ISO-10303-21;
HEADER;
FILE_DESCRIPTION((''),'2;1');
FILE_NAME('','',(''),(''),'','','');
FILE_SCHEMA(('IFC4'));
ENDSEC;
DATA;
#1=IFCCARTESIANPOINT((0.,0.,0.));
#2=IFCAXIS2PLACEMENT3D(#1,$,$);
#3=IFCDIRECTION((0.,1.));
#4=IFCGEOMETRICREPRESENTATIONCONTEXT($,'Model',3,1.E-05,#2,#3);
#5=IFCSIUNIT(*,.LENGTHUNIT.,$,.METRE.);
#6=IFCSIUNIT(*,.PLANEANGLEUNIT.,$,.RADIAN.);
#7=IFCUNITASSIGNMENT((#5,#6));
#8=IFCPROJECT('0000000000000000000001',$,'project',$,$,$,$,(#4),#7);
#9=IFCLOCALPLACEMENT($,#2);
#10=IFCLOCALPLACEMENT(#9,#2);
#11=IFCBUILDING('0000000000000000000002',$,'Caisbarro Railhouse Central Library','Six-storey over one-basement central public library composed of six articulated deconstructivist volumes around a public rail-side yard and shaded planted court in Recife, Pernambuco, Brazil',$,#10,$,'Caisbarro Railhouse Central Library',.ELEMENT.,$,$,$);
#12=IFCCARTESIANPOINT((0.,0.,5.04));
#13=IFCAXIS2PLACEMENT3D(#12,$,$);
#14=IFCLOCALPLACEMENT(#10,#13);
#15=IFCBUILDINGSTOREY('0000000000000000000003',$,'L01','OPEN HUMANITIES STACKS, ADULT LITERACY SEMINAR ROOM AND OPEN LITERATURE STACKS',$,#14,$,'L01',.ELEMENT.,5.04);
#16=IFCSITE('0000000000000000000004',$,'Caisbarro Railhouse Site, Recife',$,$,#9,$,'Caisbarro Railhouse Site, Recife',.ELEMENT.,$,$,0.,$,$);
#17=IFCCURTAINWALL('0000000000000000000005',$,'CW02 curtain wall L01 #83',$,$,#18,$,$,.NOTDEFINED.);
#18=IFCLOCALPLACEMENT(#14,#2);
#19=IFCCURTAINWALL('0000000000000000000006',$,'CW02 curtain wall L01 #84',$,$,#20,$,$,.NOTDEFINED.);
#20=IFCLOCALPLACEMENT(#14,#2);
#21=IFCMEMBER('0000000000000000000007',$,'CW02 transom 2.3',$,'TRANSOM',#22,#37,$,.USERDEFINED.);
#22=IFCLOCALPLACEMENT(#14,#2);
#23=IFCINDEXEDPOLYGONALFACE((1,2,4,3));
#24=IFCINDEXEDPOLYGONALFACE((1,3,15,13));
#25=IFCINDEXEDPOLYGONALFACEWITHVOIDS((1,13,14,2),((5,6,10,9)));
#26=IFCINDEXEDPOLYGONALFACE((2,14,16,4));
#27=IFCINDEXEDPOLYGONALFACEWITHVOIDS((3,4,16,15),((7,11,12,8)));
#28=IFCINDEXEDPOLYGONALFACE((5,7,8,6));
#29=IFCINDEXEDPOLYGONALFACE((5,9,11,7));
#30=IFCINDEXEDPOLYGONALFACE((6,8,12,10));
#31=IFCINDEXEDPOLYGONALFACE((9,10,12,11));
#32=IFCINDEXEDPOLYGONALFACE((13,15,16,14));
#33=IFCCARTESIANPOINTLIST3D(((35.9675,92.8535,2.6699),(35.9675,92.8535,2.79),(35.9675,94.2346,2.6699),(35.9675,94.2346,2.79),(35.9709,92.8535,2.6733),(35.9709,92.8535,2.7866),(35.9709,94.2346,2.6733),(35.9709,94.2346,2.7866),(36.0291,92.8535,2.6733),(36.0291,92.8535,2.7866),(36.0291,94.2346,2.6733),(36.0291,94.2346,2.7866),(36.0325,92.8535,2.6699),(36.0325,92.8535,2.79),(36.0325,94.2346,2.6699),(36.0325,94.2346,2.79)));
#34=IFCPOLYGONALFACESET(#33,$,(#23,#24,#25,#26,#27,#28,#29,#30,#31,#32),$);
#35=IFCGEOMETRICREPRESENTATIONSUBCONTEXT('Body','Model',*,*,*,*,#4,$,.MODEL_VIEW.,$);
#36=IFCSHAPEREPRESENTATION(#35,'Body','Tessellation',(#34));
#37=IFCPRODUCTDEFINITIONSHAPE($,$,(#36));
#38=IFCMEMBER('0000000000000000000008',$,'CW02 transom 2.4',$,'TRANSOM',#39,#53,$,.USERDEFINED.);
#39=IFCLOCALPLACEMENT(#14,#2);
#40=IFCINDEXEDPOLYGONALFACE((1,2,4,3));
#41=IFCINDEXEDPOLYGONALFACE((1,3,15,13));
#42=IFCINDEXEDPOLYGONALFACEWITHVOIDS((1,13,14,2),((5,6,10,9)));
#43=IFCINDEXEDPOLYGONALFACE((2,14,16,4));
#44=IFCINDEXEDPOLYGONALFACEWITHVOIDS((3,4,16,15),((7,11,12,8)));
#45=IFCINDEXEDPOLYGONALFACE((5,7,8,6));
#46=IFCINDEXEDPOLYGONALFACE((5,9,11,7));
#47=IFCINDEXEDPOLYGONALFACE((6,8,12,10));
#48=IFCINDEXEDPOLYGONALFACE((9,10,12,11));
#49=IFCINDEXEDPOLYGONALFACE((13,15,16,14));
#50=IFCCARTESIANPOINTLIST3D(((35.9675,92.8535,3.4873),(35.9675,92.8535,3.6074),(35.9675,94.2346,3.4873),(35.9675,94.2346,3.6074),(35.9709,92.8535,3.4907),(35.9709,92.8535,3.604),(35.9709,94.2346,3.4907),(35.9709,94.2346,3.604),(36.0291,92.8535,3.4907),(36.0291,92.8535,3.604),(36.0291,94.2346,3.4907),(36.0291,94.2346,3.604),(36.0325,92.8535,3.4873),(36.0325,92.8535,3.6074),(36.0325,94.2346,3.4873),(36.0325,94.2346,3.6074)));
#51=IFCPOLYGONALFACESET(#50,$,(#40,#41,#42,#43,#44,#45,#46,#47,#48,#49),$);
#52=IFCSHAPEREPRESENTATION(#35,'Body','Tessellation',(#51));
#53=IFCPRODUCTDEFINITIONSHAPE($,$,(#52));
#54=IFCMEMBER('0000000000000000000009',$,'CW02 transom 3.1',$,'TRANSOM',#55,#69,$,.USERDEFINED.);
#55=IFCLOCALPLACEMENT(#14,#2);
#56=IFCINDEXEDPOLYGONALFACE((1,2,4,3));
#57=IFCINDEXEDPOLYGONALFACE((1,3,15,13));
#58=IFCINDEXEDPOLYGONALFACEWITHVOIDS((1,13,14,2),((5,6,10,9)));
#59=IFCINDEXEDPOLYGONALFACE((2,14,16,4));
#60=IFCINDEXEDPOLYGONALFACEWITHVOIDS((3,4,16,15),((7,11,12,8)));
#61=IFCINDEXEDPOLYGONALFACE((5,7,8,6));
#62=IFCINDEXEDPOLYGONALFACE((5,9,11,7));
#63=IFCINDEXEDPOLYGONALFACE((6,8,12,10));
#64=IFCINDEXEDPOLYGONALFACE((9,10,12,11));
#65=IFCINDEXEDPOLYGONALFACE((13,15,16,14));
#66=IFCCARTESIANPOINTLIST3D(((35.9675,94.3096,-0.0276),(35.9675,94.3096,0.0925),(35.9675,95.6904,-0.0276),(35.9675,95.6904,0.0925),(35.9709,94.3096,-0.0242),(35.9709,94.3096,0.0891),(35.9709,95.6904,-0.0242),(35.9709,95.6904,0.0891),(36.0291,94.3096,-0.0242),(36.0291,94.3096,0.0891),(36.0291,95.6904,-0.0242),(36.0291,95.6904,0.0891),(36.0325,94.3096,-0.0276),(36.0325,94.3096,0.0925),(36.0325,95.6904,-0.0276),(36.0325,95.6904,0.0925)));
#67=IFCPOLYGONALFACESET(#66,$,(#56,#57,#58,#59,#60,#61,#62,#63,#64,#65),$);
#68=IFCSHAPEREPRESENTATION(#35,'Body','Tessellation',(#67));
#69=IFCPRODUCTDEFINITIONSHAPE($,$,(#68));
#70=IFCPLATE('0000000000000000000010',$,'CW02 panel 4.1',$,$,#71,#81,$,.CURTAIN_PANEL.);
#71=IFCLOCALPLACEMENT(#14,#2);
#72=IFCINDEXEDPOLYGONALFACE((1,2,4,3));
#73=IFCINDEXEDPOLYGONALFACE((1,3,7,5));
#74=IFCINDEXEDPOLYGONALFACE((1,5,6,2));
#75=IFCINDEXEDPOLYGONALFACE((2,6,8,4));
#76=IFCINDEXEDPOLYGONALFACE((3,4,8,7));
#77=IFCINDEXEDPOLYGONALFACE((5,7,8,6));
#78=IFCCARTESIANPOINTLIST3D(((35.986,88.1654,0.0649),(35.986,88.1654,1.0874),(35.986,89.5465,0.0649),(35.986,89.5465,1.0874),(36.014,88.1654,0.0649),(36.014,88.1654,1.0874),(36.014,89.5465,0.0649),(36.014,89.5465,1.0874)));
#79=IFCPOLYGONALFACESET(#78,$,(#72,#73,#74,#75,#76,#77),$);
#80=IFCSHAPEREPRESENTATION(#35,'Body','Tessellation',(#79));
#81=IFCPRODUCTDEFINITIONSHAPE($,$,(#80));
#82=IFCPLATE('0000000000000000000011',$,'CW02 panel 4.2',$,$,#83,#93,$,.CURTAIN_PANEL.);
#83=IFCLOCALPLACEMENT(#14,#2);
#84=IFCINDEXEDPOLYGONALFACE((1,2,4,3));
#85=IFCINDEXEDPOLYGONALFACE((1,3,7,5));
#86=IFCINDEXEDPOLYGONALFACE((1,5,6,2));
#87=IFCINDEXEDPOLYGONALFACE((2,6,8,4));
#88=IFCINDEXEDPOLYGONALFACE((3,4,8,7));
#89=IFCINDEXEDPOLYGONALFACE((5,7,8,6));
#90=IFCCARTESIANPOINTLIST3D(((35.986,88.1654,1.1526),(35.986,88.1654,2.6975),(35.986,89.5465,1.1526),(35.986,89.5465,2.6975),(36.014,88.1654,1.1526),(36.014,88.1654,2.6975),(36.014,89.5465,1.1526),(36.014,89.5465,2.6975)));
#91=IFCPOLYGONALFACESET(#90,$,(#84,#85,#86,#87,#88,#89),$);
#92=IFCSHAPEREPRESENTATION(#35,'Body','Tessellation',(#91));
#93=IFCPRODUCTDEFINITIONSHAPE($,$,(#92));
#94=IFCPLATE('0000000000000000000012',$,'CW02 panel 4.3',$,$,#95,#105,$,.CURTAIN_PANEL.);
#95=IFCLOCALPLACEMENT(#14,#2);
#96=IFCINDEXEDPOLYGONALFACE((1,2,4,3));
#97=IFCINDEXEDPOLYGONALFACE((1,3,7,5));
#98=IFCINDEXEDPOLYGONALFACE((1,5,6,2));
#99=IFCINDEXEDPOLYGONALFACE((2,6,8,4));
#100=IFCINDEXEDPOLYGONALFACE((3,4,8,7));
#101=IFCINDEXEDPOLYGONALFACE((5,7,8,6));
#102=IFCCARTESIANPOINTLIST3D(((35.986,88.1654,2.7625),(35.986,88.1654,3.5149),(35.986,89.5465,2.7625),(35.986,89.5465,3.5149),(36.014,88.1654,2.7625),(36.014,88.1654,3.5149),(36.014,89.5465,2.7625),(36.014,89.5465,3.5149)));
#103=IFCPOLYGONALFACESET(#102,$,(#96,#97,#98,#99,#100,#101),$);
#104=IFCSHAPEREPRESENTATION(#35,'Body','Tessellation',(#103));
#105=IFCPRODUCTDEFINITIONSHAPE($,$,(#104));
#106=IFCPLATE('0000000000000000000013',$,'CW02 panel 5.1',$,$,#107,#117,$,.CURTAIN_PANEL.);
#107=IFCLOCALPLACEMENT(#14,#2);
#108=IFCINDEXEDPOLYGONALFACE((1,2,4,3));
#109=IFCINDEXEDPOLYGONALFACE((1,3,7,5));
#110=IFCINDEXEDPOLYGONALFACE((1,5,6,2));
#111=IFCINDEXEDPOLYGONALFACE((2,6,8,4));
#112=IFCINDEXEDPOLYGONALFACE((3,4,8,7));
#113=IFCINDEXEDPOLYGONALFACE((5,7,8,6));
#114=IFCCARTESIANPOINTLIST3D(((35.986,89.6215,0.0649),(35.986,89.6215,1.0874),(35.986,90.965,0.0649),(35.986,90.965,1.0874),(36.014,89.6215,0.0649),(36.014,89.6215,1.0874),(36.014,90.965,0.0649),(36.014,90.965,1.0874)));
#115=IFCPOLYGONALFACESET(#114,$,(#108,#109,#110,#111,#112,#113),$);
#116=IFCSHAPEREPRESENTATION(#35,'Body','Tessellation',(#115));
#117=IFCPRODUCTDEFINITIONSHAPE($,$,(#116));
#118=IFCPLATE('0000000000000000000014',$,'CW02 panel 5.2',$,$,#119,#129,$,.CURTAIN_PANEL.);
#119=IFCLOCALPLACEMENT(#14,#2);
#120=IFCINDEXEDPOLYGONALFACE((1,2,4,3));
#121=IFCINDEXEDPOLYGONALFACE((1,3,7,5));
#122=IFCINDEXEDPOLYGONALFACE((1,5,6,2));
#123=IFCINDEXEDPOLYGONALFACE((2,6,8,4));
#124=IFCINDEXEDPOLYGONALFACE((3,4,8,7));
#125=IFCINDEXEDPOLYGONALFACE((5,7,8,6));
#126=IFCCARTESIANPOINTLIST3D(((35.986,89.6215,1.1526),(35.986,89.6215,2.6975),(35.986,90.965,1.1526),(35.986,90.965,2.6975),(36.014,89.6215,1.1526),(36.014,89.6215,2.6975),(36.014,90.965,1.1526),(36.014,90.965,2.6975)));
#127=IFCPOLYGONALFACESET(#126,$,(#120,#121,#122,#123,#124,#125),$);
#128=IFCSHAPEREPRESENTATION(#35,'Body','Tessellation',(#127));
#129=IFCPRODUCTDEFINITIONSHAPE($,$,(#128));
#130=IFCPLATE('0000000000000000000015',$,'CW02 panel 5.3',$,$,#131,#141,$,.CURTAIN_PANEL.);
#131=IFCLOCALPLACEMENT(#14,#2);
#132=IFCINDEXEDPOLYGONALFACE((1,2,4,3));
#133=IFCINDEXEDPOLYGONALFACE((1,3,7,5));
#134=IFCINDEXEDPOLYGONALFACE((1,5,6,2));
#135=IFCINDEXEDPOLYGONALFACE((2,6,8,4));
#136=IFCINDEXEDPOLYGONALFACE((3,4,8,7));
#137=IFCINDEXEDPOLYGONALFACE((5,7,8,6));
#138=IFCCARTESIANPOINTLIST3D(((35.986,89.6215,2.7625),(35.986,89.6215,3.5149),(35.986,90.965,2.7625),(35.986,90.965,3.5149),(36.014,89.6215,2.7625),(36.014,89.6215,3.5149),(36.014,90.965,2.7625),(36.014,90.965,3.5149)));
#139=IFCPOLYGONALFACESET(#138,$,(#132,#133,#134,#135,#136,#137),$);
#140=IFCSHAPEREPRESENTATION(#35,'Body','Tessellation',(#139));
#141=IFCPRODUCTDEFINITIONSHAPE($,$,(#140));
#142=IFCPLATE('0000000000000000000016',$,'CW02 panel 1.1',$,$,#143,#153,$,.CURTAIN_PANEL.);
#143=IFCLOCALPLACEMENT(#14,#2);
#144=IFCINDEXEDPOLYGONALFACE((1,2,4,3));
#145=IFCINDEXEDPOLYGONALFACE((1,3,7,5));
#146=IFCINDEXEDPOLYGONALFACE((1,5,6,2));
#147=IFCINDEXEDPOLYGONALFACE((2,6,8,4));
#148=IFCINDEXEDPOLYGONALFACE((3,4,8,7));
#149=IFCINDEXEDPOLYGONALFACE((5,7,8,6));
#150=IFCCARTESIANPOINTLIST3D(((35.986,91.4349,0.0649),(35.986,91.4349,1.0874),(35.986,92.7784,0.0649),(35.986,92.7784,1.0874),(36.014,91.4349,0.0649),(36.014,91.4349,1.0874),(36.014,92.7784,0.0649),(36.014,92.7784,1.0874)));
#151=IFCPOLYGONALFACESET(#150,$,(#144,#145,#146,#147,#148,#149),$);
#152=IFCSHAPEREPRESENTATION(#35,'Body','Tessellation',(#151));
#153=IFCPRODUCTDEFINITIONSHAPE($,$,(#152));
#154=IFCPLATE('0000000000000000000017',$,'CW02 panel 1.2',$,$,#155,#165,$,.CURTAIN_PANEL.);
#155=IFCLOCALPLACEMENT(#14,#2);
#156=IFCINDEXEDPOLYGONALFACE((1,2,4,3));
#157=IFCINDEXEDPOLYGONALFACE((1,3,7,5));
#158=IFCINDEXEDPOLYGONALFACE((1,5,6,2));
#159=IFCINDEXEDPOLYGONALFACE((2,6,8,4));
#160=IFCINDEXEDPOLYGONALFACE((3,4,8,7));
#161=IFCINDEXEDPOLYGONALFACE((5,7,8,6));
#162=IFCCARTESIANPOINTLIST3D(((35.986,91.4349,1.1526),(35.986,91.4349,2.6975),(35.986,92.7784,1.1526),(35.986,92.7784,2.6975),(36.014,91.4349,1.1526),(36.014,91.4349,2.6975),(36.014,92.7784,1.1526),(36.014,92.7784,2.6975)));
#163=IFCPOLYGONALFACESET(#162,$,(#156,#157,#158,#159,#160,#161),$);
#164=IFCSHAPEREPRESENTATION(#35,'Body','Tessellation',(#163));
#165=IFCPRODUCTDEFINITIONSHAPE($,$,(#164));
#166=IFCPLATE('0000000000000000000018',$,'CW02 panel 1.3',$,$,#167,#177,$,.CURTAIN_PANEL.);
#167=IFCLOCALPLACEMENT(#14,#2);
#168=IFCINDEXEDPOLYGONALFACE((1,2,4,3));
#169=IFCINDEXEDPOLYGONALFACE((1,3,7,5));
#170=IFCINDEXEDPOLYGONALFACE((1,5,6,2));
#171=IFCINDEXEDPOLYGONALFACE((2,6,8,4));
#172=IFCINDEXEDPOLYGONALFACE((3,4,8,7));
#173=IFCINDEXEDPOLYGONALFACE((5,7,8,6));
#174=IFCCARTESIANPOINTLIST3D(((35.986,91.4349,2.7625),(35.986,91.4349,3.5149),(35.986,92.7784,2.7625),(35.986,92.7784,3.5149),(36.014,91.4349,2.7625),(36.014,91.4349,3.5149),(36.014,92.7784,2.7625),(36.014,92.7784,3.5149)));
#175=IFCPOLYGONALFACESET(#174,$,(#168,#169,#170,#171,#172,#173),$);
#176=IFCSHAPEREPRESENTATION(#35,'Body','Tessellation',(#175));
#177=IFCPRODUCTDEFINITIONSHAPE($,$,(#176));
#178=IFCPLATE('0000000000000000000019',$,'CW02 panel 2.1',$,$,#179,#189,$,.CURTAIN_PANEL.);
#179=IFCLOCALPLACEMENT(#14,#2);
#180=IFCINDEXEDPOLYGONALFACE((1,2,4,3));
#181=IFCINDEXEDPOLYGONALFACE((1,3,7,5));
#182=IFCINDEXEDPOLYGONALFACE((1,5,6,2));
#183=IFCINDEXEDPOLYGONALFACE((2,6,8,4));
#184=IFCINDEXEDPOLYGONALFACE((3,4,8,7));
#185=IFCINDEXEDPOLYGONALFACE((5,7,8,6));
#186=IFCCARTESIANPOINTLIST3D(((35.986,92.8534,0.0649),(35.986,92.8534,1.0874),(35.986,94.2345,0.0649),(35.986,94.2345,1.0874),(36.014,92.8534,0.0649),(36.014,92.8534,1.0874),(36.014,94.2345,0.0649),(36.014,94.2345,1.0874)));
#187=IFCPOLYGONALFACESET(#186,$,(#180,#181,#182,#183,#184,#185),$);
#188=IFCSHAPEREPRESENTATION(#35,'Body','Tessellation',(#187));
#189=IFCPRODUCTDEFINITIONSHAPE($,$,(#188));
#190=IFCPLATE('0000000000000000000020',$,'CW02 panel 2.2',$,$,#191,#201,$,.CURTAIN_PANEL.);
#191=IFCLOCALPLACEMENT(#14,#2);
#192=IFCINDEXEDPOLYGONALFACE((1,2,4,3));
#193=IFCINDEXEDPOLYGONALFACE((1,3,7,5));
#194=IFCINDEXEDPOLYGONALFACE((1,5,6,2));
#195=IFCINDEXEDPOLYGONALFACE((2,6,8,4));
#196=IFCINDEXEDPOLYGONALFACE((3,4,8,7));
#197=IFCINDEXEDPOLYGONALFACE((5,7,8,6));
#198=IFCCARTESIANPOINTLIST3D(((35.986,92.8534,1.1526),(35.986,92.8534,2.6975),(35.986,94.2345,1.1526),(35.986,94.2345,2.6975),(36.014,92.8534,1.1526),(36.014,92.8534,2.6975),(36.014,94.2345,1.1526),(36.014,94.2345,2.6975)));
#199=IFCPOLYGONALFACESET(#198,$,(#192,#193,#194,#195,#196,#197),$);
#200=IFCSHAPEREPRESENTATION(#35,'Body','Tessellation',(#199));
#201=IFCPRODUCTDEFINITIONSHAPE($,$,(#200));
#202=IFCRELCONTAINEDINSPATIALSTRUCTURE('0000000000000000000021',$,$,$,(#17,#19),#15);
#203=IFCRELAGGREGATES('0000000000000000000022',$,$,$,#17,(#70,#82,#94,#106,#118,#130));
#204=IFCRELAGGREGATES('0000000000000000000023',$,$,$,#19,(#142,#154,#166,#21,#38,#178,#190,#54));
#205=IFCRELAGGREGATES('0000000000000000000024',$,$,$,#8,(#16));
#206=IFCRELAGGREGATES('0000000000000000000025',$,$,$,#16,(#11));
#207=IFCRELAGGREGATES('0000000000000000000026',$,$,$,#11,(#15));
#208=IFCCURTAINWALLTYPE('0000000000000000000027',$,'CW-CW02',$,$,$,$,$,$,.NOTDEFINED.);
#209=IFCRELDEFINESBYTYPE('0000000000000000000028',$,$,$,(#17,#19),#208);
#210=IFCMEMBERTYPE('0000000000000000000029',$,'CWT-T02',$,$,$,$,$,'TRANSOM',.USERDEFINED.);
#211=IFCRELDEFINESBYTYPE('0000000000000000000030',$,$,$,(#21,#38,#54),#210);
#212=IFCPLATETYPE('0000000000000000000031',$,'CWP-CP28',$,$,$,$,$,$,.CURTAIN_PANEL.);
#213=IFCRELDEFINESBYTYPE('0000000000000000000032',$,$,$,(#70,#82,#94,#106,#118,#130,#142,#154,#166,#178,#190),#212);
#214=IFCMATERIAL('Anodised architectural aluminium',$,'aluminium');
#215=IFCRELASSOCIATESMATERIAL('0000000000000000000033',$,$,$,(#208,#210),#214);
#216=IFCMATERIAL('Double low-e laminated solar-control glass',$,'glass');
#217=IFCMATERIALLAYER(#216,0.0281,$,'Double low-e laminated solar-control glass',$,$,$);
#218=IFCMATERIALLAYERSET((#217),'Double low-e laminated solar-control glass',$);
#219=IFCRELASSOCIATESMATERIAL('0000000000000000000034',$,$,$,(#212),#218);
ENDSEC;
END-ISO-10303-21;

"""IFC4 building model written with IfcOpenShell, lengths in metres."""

from ifc_helpers import new_model, si_unit, direction, frame, origin, origin_2d, place, context, subcontext, project, spatial, rectangle, hollow_rectangle, extrude, material, layer, layer_set, material_profile, profile_set, type_object, element, aggregate, save


model = new_model("IFC4")

# Units and contexts
model_context = context("Model", 3, precision=1e-05, world=origin(), true_north=direction((0.0, 1.0)))
body_context = subcontext(model_context, "Body", "Model", "MODEL_VIEW")
ifc_project = project(units=[si_unit("LENGTHUNIT", "METRE"), si_unit("PLANEANGLEUNIT", "RADIAN")], contexts=[model_context])

# Site, building, storey
site_placement = place(None, origin())
site = spatial("IfcSite", under=ifc_project, at=site_placement, Name="Caisbarro Railhouse Site, Recife", LongName="Caisbarro Railhouse Site, Recife", CompositionType="ELEMENT", RefElevation=0.0)
building_placement = place(site_placement, origin())
building = spatial("IfcBuilding", under=site, at=building_placement, Name="Caisbarro Railhouse Central Library", Description="Six-storey over one-basement central public library composed of six articulated deconstructivist volumes around a public rail-side yard and shaded planted court in Recife, Pernambuco, Brazil", LongName="Caisbarro Railhouse Central Library", CompositionType="ELEMENT")
storey_placement = place(building_placement, frame((0.0, 0.0, 5.04)))
storey = spatial("IfcBuildingStorey", under=building, at=storey_placement, Name="L01", Description="OPEN HUMANITIES STACKS, ADULT LITERACY SEMINAR ROOM AND OPEN LITERATURE STACKS", LongName="L01", CompositionType="ELEMENT", Elevation=5.04)

# Curtain walls
ifc_material_1 = material(Name="Anodised architectural aluminium", Category="aluminium")
curtain_wall_type = type_object("IfcCurtainWallType", Name="CW-CW02", PredefinedType="NOTDEFINED", material=ifc_material_1)
curtain_wall_1_placement = place(storey_placement, origin())
curtain_wall_1 = element("IfcCurtainWall", 1, at=curtain_wall_1_placement, inside=storey, type_object=curtain_wall_type, Name="CW02 curtain wall L01 #83", PredefinedType="NOTDEFINED")
curtain_wall_2_placement = place(storey_placement, origin())
curtain_wall_2 = element("IfcCurtainWall", 2, at=curtain_wall_2_placement, inside=storey, type_object=curtain_wall_type, Name="CW02 curtain wall L01 #84", PredefinedType="NOTDEFINED")

# Members
ifc_material_profile_1 = material_profile(ifc_material_1, hollow_rectangle(XDim=0.0649, YDim=0.1201, WallThickness=0.0034, at=origin_2d()), Name="ALU-TRN-65X120")
ifc_profile_set_1 = profile_set([ifc_material_profile_1], Name="Anodised architectural aluminium")
member_type_1 = type_object("IfcMemberType", Name="CWT-T02", ElementType="TRANSOM", PredefinedType="USERDEFINED", material=ifc_profile_set_1)
member_1_placement = place(storey_placement, frame((36.0, 92.8535, 2.73), z_axis=(0.0, 1.0, 0.0), x_axis=(-1.0, 0.0, 0.0)))
member_1 = element("IfcMember", 3, at=member_1_placement, type_object=member_type_1, Name="CW02 transom 2.3", ObjectType="TRANSOM", PredefinedType="USERDEFINED", context=body_context, shape_type="SweptSolid", body=[
    extrude(hollow_rectangle(XDim=0.0649, YDim=0.1201, WallThickness=0.0034, at=origin_2d()), origin(), (0.0, 0.0, 1.0), 1.3811),
])
member_2_placement = place(storey_placement, frame((36.0, 92.8535, 3.5474), z_axis=(0.0, 1.0, 0.0), x_axis=(-1.0, 0.0, 0.0)))
member_2 = element("IfcMember", 4, at=member_2_placement, type_object=member_type_1, Name="CW02 transom 2.4", ObjectType="TRANSOM", PredefinedType="USERDEFINED", context=body_context, shape_type="SweptSolid", body=[
    extrude(hollow_rectangle(XDim=0.0649, YDim=0.1201, WallThickness=0.0034, at=origin_2d()), origin(), (0.0, 0.0, 1.0), 1.3811),
])
member_3_placement = place(storey_placement, frame((36.0, 94.3096, 0.0325), z_axis=(0.0, 1.0, 0.0), x_axis=(-1.0, 0.0, 0.0)))
member_3 = element("IfcMember", 5, at=member_3_placement, type_object=member_type_1, Name="CW02 transom 3.1", ObjectType="TRANSOM", PredefinedType="USERDEFINED", context=body_context, shape_type="SweptSolid", body=[
    extrude(hollow_rectangle(XDim=0.0649, YDim=0.1201, WallThickness=0.0034, at=origin_2d()), origin(), (0.0, 0.0, 1.0), 1.3809),
])

# Plates
ifc_material_2 = material(Name="Double low-e laminated solar-control glass", Category="glass")
ifc_layer_1 = layer(ifc_material_2, 0.0281, Name="Double low-e laminated solar-control glass")
ifc_layer_set_1 = layer_set([ifc_layer_1], Name="Double low-e laminated solar-control glass")
plate_type = type_object("IfcPlateType", Name="CWP-CP28", PredefinedType="CURTAIN_PANEL", material=ifc_layer_set_1)
plate_1_placement = place(storey_placement, frame((36.0, 88.856, 0.0649), z_axis=(0.0, 0.0, 1.0), x_axis=(0.0, 1.0, 0.0)))
plate_1 = element("IfcPlate", 6, at=plate_1_placement, type_object=plate_type, Name="CW02 panel 4.1", PredefinedType="CURTAIN_PANEL", context=body_context, shape_type="SweptSolid", body=[
    extrude(rectangle(XDim=1.3811, YDim=0.0281, at=origin_2d()), origin(), (0.0, 0.0, 1.0), 1.0225),
])
plate_2_placement = place(storey_placement, frame((36.0, 88.856, 1.1526), z_axis=(0.0, 0.0, 1.0), x_axis=(0.0, 1.0, 0.0)))
plate_2 = element("IfcPlate", 7, at=plate_2_placement, type_object=plate_type, Name="CW02 panel 4.2", PredefinedType="CURTAIN_PANEL", context=body_context, shape_type="SweptSolid", body=[
    extrude(rectangle(XDim=1.3811, YDim=0.0281, at=origin_2d()), origin(), (0.0, 0.0, 1.0), 1.5449),
])
plate_3_placement = place(storey_placement, frame((36.0, 88.856, 2.7625), z_axis=(0.0, 0.0, 1.0), x_axis=(0.0, 1.0, 0.0)))
plate_3 = element("IfcPlate", 8, at=plate_3_placement, type_object=plate_type, Name="CW02 panel 4.3", PredefinedType="CURTAIN_PANEL", context=body_context, shape_type="SweptSolid", body=[
    extrude(rectangle(XDim=1.3811, YDim=0.0281, at=origin_2d()), origin(), (0.0, 0.0, 1.0), 0.7524),
])
plate_4_placement = place(storey_placement, frame((36.0, 90.2932, 0.0649), z_axis=(0.0, 0.0, 1.0), x_axis=(0.0, 1.0, 0.0)))
plate_4 = element("IfcPlate", 9, at=plate_4_placement, type_object=plate_type, Name="CW02 panel 5.1", PredefinedType="CURTAIN_PANEL", context=body_context, shape_type="SweptSolid", body=[
    extrude(rectangle(XDim=1.3435, YDim=0.0281, at=origin_2d()), origin(), (0.0, 0.0, 1.0), 1.0225),
])
plate_5_placement = place(storey_placement, frame((36.0, 90.2932, 1.1526), z_axis=(0.0, 0.0, 1.0), x_axis=(0.0, 1.0, 0.0)))
plate_5 = element("IfcPlate", 10, at=plate_5_placement, type_object=plate_type, Name="CW02 panel 5.2", PredefinedType="CURTAIN_PANEL", context=body_context, shape_type="SweptSolid", body=[
    extrude(rectangle(XDim=1.3435, YDim=0.0281, at=origin_2d()), origin(), (0.0, 0.0, 1.0), 1.5449),
])
plate_6_placement = place(storey_placement, frame((36.0, 90.2932, 2.7625), z_axis=(0.0, 0.0, 1.0), x_axis=(0.0, 1.0, 0.0)))
plate_6 = element("IfcPlate", 11, at=plate_6_placement, type_object=plate_type, Name="CW02 panel 5.3", PredefinedType="CURTAIN_PANEL", context=body_context, shape_type="SweptSolid", body=[
    extrude(rectangle(XDim=1.3435, YDim=0.0281, at=origin_2d()), origin(), (0.0, 0.0, 1.0), 0.7524),
])
aggregate(curtain_wall_1, [plate_1, plate_2, plate_3, plate_4, plate_5, plate_6])
plate_7_placement = place(storey_placement, frame((36.0, 92.1067, 0.0649), z_axis=(0.0, 0.0, 1.0), x_axis=(0.0, 1.0, 0.0)))
plate_7 = element("IfcPlate", 12, at=plate_7_placement, type_object=plate_type, Name="CW02 panel 1.1", PredefinedType="CURTAIN_PANEL", context=body_context, shape_type="SweptSolid", body=[
    extrude(rectangle(XDim=1.3435, YDim=0.0281, at=origin_2d()), origin(), (0.0, 0.0, 1.0), 1.0225),
])
plate_8_placement = place(storey_placement, frame((36.0, 92.1067, 1.1526), z_axis=(0.0, 0.0, 1.0), x_axis=(0.0, 1.0, 0.0)))
plate_8 = element("IfcPlate", 13, at=plate_8_placement, type_object=plate_type, Name="CW02 panel 1.2", PredefinedType="CURTAIN_PANEL", context=body_context, shape_type="SweptSolid", body=[
    extrude(rectangle(XDim=1.3435, YDim=0.0281, at=origin_2d()), origin(), (0.0, 0.0, 1.0), 1.5449),
])
plate_9_placement = place(storey_placement, frame((36.0, 92.1067, 2.7625), z_axis=(0.0, 0.0, 1.0), x_axis=(0.0, 1.0, 0.0)))
plate_9 = element("IfcPlate", 14, at=plate_9_placement, type_object=plate_type, Name="CW02 panel 1.3", PredefinedType="CURTAIN_PANEL", context=body_context, shape_type="SweptSolid", body=[
    extrude(rectangle(XDim=1.3435, YDim=0.0281, at=origin_2d()), origin(), (0.0, 0.0, 1.0), 0.7524),
])
plate_10_placement = place(storey_placement, frame((36.0, 93.5439, 0.0649), z_axis=(0.0, 0.0, 1.0), x_axis=(0.0, 1.0, 0.0)))
plate_10 = element("IfcPlate", 15, at=plate_10_placement, type_object=plate_type, Name="CW02 panel 2.1", PredefinedType="CURTAIN_PANEL", context=body_context, shape_type="SweptSolid", body=[
    extrude(rectangle(XDim=1.3811, YDim=0.0281, at=origin_2d()), origin(), (0.0, 0.0, 1.0), 1.0225),
])
plate_11_placement = place(storey_placement, frame((36.0, 93.5439, 1.1526), z_axis=(0.0, 0.0, 1.0), x_axis=(0.0, 1.0, 0.0)))
plate_11 = element("IfcPlate", 16, at=plate_11_placement, type_object=plate_type, Name="CW02 panel 2.2", PredefinedType="CURTAIN_PANEL", context=body_context, shape_type="SweptSolid", body=[
    extrude(rectangle(XDim=1.3811, YDim=0.0281, at=origin_2d()), origin(), (0.0, 0.0, 1.0), 1.5449),
])
aggregate(curtain_wall_2, [plate_7, plate_8, plate_9, member_1, member_2, plate_10, plate_11, member_3])

save(model, "model.ifc")
